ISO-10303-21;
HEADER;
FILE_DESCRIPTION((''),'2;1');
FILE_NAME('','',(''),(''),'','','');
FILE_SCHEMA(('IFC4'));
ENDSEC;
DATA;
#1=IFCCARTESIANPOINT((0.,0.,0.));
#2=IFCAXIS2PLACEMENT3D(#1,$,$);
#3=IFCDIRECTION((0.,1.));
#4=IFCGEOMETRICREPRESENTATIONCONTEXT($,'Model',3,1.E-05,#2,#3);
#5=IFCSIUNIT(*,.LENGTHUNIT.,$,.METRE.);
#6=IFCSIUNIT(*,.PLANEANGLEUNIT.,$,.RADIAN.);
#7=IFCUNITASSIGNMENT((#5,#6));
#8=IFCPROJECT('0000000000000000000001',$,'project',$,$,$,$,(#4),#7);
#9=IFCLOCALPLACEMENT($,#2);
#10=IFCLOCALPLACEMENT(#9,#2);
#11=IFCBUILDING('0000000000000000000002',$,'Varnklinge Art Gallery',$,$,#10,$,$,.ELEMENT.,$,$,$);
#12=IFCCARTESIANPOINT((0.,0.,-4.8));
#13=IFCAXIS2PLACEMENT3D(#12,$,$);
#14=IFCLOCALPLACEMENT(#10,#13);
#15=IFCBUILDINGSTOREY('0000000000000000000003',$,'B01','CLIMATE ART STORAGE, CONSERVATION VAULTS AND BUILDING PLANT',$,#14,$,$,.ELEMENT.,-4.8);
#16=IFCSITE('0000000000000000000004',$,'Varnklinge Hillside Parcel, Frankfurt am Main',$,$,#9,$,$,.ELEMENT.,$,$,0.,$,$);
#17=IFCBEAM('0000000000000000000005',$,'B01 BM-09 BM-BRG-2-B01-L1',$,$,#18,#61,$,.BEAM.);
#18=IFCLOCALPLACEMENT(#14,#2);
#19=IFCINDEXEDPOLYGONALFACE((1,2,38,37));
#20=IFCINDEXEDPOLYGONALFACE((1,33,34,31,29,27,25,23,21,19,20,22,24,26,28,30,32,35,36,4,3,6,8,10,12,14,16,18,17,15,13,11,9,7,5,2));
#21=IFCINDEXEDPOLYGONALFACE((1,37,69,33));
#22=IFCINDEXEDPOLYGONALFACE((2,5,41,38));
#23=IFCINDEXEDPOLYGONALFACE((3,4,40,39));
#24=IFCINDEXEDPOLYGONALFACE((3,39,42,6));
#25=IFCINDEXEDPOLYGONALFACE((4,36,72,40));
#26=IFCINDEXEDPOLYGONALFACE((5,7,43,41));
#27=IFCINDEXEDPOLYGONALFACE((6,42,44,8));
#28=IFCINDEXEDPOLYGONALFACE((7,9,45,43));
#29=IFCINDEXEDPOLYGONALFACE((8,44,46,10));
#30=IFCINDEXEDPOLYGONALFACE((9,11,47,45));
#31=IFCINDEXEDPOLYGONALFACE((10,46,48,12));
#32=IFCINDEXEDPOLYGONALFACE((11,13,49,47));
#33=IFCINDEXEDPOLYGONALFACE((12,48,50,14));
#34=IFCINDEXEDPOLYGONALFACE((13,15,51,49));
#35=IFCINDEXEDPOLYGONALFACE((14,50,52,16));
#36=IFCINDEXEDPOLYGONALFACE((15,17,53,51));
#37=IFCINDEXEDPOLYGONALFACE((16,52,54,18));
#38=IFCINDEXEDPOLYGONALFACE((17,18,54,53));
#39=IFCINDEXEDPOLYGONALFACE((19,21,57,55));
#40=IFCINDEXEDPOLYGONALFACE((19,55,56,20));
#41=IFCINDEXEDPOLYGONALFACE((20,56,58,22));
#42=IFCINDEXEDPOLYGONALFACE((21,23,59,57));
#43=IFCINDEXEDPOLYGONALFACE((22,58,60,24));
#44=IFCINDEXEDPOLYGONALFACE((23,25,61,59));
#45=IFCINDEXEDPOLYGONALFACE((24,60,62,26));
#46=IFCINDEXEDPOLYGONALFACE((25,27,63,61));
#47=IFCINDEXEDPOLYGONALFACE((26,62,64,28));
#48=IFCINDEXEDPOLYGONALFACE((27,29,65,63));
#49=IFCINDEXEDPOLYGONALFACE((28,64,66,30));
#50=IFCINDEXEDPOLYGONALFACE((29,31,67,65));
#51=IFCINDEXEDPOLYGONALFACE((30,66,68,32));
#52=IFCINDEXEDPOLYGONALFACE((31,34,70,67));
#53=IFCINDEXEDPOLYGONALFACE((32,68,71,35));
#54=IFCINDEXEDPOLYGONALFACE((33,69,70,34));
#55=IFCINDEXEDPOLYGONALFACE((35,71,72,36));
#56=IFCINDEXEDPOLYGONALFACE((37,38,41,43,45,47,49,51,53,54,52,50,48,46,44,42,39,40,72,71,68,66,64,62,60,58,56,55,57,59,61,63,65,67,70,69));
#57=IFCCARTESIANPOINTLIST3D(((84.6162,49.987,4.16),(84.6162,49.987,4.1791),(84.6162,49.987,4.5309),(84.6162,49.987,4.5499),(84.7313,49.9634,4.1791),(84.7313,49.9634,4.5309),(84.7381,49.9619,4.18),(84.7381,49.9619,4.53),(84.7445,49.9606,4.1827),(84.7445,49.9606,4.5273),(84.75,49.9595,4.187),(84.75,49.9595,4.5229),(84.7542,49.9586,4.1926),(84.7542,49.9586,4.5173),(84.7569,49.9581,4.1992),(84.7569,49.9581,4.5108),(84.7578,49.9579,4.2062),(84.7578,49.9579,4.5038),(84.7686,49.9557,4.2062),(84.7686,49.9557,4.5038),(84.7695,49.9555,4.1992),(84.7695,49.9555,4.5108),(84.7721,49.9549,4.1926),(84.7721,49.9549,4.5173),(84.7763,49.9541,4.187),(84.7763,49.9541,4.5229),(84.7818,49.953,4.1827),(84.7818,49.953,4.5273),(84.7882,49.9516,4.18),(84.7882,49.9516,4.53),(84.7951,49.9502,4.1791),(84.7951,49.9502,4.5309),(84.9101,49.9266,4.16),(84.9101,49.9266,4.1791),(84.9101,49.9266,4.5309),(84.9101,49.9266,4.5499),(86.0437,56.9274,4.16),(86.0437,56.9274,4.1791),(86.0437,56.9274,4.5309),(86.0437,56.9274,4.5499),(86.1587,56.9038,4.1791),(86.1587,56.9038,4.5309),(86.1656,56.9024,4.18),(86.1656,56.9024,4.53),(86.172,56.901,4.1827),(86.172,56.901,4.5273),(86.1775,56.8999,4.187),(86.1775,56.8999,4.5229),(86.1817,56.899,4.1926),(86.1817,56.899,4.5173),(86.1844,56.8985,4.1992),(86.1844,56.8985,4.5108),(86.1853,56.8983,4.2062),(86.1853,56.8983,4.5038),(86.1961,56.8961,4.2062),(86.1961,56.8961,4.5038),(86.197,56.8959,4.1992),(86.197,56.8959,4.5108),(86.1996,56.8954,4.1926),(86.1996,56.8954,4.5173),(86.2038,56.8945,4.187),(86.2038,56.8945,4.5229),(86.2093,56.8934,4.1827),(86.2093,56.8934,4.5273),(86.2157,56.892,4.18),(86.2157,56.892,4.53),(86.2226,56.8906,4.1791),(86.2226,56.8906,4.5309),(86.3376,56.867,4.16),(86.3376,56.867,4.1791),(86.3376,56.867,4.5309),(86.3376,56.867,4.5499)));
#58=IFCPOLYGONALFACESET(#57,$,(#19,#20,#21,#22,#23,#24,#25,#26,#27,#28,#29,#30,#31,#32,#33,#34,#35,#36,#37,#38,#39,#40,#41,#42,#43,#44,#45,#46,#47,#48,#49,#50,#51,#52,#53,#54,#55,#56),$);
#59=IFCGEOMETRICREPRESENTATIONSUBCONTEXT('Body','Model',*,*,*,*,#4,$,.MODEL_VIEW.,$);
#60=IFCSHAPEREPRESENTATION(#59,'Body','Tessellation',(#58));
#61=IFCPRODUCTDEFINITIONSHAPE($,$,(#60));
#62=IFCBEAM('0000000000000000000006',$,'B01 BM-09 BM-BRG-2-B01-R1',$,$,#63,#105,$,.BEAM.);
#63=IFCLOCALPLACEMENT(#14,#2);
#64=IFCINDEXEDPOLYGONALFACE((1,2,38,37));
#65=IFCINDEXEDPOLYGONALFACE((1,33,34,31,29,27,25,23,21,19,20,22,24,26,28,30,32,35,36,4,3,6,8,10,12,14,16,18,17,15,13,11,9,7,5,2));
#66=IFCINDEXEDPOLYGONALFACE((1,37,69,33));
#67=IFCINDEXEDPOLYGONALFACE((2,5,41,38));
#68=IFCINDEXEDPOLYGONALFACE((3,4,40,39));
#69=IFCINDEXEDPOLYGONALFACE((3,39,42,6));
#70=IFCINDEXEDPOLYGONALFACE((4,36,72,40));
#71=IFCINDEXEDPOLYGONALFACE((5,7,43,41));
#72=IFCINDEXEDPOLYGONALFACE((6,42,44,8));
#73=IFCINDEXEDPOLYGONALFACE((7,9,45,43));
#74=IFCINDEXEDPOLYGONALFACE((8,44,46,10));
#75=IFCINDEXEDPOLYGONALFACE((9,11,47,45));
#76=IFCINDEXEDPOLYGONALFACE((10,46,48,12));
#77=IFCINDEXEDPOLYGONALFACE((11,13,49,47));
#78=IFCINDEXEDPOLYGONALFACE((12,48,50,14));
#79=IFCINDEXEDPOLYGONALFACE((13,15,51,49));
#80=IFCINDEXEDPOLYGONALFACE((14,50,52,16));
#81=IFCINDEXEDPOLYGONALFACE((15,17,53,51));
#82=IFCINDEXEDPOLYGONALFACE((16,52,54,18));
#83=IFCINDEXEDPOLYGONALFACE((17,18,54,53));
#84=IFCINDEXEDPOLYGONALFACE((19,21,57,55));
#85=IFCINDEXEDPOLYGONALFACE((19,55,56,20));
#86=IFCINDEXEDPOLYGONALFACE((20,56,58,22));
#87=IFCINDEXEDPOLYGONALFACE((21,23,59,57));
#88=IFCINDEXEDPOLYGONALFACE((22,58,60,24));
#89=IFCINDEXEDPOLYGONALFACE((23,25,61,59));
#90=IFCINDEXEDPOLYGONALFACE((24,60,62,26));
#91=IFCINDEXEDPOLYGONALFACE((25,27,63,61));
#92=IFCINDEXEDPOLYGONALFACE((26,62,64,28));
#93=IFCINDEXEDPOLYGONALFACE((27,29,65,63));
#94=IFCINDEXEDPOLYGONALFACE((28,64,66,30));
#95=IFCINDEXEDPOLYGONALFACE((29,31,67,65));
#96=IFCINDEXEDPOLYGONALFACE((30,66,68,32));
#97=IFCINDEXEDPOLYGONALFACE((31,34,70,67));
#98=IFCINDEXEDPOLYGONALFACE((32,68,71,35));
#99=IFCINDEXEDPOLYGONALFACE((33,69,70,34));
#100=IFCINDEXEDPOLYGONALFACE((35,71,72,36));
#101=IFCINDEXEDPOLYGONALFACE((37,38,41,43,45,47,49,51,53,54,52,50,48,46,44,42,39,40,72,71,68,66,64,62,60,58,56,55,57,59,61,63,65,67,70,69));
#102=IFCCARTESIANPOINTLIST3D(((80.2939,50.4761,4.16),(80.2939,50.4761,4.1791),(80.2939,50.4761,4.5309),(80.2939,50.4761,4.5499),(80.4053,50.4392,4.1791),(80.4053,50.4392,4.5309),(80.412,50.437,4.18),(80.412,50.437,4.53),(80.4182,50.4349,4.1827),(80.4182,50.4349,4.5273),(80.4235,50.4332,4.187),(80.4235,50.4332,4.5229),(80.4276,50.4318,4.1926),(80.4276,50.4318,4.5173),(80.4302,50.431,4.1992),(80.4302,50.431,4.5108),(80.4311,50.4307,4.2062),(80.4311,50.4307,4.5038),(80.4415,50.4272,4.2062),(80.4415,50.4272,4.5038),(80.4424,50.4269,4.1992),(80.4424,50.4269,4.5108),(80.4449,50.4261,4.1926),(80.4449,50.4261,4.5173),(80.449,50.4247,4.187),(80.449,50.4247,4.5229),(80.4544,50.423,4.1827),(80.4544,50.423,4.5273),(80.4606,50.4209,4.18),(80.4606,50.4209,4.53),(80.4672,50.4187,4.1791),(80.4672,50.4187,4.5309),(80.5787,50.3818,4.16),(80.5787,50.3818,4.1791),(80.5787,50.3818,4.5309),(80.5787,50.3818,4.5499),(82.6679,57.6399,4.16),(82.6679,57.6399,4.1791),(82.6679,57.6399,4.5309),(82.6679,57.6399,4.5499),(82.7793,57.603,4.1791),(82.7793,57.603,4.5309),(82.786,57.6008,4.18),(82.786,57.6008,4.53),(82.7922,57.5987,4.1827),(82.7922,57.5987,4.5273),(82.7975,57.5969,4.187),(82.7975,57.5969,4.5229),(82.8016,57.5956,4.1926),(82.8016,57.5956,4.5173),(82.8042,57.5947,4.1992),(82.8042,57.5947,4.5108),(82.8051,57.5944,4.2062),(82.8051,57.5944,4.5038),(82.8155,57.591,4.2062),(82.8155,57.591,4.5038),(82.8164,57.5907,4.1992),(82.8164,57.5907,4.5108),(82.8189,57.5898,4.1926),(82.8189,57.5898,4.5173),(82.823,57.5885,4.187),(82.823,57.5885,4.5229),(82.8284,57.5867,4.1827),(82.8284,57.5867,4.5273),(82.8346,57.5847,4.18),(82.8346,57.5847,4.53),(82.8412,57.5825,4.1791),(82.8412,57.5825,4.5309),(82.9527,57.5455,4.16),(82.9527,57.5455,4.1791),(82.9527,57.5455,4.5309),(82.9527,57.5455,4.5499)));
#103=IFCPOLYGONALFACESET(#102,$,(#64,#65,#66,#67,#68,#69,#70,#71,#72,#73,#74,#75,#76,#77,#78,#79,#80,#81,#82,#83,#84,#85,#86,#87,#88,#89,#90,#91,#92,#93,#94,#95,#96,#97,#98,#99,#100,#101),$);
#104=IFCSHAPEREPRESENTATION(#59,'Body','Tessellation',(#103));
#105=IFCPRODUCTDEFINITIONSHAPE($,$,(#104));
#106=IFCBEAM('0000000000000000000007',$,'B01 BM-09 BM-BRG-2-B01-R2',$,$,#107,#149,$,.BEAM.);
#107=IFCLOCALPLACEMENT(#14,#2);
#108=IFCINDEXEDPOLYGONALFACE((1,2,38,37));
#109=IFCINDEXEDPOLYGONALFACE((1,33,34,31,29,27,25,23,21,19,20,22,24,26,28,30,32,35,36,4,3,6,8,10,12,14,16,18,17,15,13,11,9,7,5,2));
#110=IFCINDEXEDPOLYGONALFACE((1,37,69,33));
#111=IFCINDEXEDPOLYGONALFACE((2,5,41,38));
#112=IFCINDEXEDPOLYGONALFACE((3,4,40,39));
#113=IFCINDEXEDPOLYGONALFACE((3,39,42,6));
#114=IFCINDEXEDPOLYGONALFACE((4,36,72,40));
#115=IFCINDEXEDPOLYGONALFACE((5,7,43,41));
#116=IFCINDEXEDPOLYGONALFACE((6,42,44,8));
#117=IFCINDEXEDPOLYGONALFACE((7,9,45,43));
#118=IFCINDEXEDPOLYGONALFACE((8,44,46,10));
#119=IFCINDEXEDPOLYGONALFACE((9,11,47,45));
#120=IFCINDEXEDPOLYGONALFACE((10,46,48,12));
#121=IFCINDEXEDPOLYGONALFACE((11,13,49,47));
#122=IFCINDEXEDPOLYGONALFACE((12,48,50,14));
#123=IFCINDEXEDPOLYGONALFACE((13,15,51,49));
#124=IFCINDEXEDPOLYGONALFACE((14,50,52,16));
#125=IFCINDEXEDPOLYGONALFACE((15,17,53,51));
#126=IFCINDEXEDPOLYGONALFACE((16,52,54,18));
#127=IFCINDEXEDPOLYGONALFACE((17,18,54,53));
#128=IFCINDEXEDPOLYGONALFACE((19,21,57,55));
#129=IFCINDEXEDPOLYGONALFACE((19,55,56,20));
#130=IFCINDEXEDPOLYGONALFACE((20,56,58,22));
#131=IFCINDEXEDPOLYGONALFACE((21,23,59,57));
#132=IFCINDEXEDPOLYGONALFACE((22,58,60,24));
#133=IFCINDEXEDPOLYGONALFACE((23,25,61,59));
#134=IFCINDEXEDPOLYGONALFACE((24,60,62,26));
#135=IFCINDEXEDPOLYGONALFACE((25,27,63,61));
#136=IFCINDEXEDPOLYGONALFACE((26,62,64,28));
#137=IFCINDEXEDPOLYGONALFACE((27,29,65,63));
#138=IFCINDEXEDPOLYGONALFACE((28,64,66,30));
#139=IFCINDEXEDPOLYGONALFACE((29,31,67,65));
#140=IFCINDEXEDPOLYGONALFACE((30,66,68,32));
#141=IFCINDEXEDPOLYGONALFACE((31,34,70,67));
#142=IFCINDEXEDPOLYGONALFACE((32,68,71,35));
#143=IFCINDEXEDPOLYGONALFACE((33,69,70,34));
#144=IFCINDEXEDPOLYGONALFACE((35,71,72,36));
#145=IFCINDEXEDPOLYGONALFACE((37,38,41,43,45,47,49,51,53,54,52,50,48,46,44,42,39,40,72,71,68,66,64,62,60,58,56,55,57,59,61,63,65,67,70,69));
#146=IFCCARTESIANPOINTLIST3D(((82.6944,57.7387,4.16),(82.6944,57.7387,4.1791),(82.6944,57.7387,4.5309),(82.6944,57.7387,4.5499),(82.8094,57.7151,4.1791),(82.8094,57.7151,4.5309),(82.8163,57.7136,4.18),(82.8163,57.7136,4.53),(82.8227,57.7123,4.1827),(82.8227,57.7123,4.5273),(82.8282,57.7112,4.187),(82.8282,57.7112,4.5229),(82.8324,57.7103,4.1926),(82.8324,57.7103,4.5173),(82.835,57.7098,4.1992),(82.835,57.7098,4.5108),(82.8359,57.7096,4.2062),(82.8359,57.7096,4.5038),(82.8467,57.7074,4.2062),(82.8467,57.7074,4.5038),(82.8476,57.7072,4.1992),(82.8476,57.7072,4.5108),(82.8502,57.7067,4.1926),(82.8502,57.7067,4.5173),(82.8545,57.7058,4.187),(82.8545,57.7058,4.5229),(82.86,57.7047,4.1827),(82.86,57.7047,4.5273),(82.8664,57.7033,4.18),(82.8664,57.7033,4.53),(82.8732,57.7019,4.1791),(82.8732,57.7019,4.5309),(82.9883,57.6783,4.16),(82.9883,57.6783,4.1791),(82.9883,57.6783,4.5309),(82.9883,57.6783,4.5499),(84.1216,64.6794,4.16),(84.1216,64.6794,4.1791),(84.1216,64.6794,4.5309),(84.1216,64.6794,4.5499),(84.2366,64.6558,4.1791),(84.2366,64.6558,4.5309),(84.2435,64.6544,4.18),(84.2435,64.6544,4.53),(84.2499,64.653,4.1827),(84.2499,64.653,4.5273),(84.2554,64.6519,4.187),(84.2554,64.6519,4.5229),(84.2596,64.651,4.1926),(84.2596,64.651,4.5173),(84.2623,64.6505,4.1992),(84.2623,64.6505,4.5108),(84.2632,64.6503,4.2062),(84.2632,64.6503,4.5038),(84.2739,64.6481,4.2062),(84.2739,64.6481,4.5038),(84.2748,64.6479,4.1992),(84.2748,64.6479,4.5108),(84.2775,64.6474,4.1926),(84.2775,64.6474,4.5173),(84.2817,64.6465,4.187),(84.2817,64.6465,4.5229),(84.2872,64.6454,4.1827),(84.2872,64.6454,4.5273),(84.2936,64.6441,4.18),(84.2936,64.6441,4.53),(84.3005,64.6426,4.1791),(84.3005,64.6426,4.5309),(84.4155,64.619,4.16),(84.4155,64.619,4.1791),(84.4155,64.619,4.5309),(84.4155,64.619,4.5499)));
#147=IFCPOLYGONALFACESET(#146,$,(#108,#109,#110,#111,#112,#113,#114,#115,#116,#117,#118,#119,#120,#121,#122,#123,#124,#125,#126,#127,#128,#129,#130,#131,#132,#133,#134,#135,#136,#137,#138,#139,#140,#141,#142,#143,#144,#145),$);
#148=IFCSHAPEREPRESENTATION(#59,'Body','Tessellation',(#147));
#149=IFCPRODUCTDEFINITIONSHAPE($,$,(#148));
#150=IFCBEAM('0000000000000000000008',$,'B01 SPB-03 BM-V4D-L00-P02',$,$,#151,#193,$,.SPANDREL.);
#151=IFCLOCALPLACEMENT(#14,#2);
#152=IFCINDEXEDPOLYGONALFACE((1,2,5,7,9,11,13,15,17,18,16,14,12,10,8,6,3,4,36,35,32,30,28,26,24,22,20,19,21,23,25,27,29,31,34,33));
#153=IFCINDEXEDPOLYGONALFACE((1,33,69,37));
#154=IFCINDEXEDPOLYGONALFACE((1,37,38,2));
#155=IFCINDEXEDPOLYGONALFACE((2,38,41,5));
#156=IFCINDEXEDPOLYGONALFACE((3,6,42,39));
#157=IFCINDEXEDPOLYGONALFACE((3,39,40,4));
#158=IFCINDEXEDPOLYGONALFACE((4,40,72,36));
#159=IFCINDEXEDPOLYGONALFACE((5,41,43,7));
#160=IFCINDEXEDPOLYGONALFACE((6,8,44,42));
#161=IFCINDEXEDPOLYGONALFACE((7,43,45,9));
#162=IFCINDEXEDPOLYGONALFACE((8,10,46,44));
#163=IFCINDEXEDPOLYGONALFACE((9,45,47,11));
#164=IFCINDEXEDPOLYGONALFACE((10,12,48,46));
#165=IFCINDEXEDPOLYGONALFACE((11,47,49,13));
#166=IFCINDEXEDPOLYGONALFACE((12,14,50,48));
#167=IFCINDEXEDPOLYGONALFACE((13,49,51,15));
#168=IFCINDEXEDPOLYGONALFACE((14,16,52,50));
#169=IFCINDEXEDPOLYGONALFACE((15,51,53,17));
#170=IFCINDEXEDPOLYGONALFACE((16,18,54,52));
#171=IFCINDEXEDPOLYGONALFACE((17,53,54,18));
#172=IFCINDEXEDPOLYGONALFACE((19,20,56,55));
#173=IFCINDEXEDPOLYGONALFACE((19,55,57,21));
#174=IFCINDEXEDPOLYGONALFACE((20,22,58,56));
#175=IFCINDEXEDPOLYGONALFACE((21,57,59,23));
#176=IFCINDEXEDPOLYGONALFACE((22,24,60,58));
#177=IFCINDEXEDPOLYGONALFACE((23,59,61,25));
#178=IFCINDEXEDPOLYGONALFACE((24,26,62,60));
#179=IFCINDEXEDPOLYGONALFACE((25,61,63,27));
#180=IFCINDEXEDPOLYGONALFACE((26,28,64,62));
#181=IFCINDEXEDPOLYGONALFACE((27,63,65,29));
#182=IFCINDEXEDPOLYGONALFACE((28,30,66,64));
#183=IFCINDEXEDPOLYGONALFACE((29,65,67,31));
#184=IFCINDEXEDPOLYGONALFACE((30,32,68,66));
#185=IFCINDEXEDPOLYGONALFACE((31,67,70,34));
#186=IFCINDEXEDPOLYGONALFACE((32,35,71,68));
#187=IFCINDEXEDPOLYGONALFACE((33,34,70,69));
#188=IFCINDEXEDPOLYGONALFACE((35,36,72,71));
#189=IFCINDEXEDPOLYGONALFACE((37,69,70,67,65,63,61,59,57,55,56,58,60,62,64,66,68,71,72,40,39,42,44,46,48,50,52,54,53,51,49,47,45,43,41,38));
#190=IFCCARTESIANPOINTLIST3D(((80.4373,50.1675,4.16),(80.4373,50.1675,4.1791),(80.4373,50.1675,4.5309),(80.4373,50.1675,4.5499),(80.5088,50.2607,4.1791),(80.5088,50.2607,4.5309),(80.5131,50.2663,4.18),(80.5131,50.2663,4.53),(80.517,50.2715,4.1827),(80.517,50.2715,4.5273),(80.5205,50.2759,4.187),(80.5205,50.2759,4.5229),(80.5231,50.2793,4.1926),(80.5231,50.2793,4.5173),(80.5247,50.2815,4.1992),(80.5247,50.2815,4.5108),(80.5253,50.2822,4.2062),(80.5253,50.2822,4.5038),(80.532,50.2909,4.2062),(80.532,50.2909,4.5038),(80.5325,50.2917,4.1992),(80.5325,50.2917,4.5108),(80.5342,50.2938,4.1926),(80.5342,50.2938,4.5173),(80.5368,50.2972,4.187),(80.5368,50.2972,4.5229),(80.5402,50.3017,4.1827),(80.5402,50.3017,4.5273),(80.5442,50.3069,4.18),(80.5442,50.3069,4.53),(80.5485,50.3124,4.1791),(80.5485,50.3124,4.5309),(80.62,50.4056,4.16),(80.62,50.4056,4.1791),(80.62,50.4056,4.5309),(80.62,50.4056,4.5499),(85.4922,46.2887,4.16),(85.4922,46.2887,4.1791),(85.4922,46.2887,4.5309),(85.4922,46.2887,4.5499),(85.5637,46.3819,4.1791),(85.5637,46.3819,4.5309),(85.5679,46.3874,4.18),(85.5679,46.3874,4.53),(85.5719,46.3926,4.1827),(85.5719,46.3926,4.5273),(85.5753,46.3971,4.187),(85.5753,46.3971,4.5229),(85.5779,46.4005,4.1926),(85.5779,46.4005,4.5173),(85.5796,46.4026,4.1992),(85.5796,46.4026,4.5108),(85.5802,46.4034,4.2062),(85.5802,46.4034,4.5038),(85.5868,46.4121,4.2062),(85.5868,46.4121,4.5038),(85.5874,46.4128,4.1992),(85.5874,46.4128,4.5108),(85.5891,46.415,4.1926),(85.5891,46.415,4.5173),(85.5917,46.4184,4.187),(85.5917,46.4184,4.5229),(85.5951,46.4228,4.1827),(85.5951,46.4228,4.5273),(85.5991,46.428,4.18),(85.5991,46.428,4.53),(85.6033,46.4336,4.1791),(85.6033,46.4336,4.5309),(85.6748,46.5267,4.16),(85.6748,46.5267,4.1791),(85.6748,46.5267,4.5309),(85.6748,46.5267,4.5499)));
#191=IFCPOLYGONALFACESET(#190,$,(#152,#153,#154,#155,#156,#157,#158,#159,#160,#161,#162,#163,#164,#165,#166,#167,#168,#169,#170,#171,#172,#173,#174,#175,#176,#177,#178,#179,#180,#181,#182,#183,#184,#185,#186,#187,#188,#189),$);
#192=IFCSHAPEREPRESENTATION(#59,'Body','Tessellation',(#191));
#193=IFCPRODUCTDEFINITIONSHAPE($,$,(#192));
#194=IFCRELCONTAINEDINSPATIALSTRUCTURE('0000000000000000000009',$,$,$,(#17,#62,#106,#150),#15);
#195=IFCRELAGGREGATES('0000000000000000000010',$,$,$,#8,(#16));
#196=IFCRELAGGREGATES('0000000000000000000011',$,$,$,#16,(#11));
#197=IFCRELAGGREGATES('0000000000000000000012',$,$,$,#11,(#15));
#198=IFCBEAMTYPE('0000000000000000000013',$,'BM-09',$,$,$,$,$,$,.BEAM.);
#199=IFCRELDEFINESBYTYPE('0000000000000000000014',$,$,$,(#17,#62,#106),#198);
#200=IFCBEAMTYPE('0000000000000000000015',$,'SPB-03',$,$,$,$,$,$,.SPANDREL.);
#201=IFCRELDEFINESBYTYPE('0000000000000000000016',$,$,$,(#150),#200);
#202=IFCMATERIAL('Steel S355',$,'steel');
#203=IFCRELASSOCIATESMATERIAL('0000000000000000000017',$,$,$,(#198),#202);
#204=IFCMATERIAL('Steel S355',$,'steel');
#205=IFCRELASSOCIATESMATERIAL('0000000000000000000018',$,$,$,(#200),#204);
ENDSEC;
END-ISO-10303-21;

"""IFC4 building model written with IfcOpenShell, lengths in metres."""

from ifc_helpers import new_model, si_unit, direction, frame, origin, origin_2d, place, context, subcontext, project, spatial, i_section, extrude, material, material_profile, profile_set, type_object, element, save


model = new_model("IFC4")

# Units and contexts
model_context = context("Model", 3, precision=1e-05, world=origin(), true_north=direction((0.0, 1.0)))
body_context = subcontext(model_context, "Body", "Model", "MODEL_VIEW")
ifc_project = project(units=[si_unit("LENGTHUNIT", "METRE"), si_unit("PLANEANGLEUNIT", "RADIAN")], contexts=[model_context])

# Site, building, storey
site_placement = place(None, origin())
site = spatial("IfcSite", under=ifc_project, at=site_placement, Name="Varnklinge Hillside Parcel, Frankfurt am Main", CompositionType="ELEMENT", RefElevation=0.0)
building_placement = place(site_placement, origin())
building = spatial("IfcBuilding", under=site, at=building_placement, Name="Varnklinge Art Gallery", CompositionType="ELEMENT")
storey_placement = place(building_placement, frame((0.0, 0.0, -4.8)))
storey = spatial("IfcBuildingStorey", under=building, at=storey_placement, Name="B01", Description="CLIMATE ART STORAGE, CONSERVATION VAULTS AND BUILDING PLANT", CompositionType="ELEMENT", Elevation=-4.8)

# Beams
ifc_material_1 = material(Name="Steel S355", Category="steel")
ifc_material_profile_1 = material_profile(ifc_material_1, i_section(OverallWidth=0.3, OverallDepth=0.3899, WebThickness=0.011, FlangeThickness=0.019, FilletRadius=0.0271, at=origin_2d()), Name="HEA 400")
ifc_profile_set_1 = profile_set([ifc_material_profile_1], Name="Steel S355")
beam_type_1 = type_object("IfcBeamType", Name="BM-09", PredefinedType="BEAM", material=ifc_profile_set_1)
beam_1_placement = place(storey_placement, frame((84.7632, 49.9568, 4.355), z_axis=(0.20146, 0.979497, 0.0), x_axis=(-0.979497, 0.20146, 0.0)))
element("IfcBeam", 1, at=beam_1_placement, inside=storey, type_object=beam_type_1, Name="B01 BM-09 BM-BRG-2-B01-L1", PredefinedType="BEAM", context=body_context, shape_type="SweptSolid", body=[
    extrude(i_section(OverallWidth=0.3, OverallDepth=0.3899, WebThickness=0.011, FlangeThickness=0.019, FilletRadius=0.0271, at=origin_2d()), origin(), (0.0, 0.0, 1.0), 7.0857),
])
beam_2_placement = place(storey_placement, frame((80.4363, 50.429, 4.355), z_axis=(0.314568, 0.949235, 0.0), x_axis=(-0.949235, 0.314568, 0.0)))
element("IfcBeam", 2, at=beam_2_placement, inside=storey, type_object=beam_type_1, Name="B01 BM-09 BM-BRG-2-B01-R1", PredefinedType="BEAM", context=body_context, shape_type="SweptSolid", body=[
    extrude(i_section(OverallWidth=0.3, OverallDepth=0.3899, WebThickness=0.011, FlangeThickness=0.019, FilletRadius=0.0271, at=origin_2d()), origin(), (0.0, 0.0, 1.0), 7.5469),
])
beam_3_placement = place(storey_placement, frame((82.8413, 57.7085, 4.355), z_axis=(0.201421, 0.979505, 0.0), x_axis=(-0.979505, 0.201421, 0.0)))
element("IfcBeam", 3, at=beam_3_placement, inside=storey, type_object=beam_type_1, Name="B01 BM-09 BM-BRG-2-B01-R2", PredefinedType="BEAM", context=body_context, shape_type="SweptSolid", body=[
    extrude(i_section(OverallWidth=0.3, OverallDepth=0.3899, WebThickness=0.011, FlangeThickness=0.019, FilletRadius=0.0271, at=origin_2d()), origin(), (0.0, 0.0, 1.0), 7.0859),
])
ifc_material_2 = material(Name="Steel S355", Category="steel")
ifc_material_profile_2 = material_profile(ifc_material_2, i_section(OverallWidth=0.3, OverallDepth=0.3899, WebThickness=0.011, FlangeThickness=0.019, FilletRadius=0.0271, at=origin_2d()), Name="HEA 400")
ifc_profile_set_2 = profile_set([ifc_material_profile_2], Name="Steel S355")
beam_type_2 = type_object("IfcBeamType", Name="SPB-03", PredefinedType="SPANDREL", material=ifc_profile_set_2)
beam_4_placement = place(storey_placement, frame((85.5835, 46.4077, 4.355), z_axis=(-0.793344, 0.608773, 0.0), x_axis=(-0.608773, -0.793344, 0.0)))
element("IfcBeam", 4, at=beam_4_placement, inside=storey, type_object=beam_type_2, Name="B01 SPB-03 BM-V4D-L00-P02", PredefinedType="SPANDREL", context=body_context, shape_type="SweptSolid", body=[
    extrude(i_section(OverallWidth=0.3, OverallDepth=0.3899, WebThickness=0.011, FlangeThickness=0.019, FilletRadius=0.0271, at=origin_2d()), origin(), (0.0, 0.0, 1.0), 6.3716),
])

save(model, "model.ifc")
